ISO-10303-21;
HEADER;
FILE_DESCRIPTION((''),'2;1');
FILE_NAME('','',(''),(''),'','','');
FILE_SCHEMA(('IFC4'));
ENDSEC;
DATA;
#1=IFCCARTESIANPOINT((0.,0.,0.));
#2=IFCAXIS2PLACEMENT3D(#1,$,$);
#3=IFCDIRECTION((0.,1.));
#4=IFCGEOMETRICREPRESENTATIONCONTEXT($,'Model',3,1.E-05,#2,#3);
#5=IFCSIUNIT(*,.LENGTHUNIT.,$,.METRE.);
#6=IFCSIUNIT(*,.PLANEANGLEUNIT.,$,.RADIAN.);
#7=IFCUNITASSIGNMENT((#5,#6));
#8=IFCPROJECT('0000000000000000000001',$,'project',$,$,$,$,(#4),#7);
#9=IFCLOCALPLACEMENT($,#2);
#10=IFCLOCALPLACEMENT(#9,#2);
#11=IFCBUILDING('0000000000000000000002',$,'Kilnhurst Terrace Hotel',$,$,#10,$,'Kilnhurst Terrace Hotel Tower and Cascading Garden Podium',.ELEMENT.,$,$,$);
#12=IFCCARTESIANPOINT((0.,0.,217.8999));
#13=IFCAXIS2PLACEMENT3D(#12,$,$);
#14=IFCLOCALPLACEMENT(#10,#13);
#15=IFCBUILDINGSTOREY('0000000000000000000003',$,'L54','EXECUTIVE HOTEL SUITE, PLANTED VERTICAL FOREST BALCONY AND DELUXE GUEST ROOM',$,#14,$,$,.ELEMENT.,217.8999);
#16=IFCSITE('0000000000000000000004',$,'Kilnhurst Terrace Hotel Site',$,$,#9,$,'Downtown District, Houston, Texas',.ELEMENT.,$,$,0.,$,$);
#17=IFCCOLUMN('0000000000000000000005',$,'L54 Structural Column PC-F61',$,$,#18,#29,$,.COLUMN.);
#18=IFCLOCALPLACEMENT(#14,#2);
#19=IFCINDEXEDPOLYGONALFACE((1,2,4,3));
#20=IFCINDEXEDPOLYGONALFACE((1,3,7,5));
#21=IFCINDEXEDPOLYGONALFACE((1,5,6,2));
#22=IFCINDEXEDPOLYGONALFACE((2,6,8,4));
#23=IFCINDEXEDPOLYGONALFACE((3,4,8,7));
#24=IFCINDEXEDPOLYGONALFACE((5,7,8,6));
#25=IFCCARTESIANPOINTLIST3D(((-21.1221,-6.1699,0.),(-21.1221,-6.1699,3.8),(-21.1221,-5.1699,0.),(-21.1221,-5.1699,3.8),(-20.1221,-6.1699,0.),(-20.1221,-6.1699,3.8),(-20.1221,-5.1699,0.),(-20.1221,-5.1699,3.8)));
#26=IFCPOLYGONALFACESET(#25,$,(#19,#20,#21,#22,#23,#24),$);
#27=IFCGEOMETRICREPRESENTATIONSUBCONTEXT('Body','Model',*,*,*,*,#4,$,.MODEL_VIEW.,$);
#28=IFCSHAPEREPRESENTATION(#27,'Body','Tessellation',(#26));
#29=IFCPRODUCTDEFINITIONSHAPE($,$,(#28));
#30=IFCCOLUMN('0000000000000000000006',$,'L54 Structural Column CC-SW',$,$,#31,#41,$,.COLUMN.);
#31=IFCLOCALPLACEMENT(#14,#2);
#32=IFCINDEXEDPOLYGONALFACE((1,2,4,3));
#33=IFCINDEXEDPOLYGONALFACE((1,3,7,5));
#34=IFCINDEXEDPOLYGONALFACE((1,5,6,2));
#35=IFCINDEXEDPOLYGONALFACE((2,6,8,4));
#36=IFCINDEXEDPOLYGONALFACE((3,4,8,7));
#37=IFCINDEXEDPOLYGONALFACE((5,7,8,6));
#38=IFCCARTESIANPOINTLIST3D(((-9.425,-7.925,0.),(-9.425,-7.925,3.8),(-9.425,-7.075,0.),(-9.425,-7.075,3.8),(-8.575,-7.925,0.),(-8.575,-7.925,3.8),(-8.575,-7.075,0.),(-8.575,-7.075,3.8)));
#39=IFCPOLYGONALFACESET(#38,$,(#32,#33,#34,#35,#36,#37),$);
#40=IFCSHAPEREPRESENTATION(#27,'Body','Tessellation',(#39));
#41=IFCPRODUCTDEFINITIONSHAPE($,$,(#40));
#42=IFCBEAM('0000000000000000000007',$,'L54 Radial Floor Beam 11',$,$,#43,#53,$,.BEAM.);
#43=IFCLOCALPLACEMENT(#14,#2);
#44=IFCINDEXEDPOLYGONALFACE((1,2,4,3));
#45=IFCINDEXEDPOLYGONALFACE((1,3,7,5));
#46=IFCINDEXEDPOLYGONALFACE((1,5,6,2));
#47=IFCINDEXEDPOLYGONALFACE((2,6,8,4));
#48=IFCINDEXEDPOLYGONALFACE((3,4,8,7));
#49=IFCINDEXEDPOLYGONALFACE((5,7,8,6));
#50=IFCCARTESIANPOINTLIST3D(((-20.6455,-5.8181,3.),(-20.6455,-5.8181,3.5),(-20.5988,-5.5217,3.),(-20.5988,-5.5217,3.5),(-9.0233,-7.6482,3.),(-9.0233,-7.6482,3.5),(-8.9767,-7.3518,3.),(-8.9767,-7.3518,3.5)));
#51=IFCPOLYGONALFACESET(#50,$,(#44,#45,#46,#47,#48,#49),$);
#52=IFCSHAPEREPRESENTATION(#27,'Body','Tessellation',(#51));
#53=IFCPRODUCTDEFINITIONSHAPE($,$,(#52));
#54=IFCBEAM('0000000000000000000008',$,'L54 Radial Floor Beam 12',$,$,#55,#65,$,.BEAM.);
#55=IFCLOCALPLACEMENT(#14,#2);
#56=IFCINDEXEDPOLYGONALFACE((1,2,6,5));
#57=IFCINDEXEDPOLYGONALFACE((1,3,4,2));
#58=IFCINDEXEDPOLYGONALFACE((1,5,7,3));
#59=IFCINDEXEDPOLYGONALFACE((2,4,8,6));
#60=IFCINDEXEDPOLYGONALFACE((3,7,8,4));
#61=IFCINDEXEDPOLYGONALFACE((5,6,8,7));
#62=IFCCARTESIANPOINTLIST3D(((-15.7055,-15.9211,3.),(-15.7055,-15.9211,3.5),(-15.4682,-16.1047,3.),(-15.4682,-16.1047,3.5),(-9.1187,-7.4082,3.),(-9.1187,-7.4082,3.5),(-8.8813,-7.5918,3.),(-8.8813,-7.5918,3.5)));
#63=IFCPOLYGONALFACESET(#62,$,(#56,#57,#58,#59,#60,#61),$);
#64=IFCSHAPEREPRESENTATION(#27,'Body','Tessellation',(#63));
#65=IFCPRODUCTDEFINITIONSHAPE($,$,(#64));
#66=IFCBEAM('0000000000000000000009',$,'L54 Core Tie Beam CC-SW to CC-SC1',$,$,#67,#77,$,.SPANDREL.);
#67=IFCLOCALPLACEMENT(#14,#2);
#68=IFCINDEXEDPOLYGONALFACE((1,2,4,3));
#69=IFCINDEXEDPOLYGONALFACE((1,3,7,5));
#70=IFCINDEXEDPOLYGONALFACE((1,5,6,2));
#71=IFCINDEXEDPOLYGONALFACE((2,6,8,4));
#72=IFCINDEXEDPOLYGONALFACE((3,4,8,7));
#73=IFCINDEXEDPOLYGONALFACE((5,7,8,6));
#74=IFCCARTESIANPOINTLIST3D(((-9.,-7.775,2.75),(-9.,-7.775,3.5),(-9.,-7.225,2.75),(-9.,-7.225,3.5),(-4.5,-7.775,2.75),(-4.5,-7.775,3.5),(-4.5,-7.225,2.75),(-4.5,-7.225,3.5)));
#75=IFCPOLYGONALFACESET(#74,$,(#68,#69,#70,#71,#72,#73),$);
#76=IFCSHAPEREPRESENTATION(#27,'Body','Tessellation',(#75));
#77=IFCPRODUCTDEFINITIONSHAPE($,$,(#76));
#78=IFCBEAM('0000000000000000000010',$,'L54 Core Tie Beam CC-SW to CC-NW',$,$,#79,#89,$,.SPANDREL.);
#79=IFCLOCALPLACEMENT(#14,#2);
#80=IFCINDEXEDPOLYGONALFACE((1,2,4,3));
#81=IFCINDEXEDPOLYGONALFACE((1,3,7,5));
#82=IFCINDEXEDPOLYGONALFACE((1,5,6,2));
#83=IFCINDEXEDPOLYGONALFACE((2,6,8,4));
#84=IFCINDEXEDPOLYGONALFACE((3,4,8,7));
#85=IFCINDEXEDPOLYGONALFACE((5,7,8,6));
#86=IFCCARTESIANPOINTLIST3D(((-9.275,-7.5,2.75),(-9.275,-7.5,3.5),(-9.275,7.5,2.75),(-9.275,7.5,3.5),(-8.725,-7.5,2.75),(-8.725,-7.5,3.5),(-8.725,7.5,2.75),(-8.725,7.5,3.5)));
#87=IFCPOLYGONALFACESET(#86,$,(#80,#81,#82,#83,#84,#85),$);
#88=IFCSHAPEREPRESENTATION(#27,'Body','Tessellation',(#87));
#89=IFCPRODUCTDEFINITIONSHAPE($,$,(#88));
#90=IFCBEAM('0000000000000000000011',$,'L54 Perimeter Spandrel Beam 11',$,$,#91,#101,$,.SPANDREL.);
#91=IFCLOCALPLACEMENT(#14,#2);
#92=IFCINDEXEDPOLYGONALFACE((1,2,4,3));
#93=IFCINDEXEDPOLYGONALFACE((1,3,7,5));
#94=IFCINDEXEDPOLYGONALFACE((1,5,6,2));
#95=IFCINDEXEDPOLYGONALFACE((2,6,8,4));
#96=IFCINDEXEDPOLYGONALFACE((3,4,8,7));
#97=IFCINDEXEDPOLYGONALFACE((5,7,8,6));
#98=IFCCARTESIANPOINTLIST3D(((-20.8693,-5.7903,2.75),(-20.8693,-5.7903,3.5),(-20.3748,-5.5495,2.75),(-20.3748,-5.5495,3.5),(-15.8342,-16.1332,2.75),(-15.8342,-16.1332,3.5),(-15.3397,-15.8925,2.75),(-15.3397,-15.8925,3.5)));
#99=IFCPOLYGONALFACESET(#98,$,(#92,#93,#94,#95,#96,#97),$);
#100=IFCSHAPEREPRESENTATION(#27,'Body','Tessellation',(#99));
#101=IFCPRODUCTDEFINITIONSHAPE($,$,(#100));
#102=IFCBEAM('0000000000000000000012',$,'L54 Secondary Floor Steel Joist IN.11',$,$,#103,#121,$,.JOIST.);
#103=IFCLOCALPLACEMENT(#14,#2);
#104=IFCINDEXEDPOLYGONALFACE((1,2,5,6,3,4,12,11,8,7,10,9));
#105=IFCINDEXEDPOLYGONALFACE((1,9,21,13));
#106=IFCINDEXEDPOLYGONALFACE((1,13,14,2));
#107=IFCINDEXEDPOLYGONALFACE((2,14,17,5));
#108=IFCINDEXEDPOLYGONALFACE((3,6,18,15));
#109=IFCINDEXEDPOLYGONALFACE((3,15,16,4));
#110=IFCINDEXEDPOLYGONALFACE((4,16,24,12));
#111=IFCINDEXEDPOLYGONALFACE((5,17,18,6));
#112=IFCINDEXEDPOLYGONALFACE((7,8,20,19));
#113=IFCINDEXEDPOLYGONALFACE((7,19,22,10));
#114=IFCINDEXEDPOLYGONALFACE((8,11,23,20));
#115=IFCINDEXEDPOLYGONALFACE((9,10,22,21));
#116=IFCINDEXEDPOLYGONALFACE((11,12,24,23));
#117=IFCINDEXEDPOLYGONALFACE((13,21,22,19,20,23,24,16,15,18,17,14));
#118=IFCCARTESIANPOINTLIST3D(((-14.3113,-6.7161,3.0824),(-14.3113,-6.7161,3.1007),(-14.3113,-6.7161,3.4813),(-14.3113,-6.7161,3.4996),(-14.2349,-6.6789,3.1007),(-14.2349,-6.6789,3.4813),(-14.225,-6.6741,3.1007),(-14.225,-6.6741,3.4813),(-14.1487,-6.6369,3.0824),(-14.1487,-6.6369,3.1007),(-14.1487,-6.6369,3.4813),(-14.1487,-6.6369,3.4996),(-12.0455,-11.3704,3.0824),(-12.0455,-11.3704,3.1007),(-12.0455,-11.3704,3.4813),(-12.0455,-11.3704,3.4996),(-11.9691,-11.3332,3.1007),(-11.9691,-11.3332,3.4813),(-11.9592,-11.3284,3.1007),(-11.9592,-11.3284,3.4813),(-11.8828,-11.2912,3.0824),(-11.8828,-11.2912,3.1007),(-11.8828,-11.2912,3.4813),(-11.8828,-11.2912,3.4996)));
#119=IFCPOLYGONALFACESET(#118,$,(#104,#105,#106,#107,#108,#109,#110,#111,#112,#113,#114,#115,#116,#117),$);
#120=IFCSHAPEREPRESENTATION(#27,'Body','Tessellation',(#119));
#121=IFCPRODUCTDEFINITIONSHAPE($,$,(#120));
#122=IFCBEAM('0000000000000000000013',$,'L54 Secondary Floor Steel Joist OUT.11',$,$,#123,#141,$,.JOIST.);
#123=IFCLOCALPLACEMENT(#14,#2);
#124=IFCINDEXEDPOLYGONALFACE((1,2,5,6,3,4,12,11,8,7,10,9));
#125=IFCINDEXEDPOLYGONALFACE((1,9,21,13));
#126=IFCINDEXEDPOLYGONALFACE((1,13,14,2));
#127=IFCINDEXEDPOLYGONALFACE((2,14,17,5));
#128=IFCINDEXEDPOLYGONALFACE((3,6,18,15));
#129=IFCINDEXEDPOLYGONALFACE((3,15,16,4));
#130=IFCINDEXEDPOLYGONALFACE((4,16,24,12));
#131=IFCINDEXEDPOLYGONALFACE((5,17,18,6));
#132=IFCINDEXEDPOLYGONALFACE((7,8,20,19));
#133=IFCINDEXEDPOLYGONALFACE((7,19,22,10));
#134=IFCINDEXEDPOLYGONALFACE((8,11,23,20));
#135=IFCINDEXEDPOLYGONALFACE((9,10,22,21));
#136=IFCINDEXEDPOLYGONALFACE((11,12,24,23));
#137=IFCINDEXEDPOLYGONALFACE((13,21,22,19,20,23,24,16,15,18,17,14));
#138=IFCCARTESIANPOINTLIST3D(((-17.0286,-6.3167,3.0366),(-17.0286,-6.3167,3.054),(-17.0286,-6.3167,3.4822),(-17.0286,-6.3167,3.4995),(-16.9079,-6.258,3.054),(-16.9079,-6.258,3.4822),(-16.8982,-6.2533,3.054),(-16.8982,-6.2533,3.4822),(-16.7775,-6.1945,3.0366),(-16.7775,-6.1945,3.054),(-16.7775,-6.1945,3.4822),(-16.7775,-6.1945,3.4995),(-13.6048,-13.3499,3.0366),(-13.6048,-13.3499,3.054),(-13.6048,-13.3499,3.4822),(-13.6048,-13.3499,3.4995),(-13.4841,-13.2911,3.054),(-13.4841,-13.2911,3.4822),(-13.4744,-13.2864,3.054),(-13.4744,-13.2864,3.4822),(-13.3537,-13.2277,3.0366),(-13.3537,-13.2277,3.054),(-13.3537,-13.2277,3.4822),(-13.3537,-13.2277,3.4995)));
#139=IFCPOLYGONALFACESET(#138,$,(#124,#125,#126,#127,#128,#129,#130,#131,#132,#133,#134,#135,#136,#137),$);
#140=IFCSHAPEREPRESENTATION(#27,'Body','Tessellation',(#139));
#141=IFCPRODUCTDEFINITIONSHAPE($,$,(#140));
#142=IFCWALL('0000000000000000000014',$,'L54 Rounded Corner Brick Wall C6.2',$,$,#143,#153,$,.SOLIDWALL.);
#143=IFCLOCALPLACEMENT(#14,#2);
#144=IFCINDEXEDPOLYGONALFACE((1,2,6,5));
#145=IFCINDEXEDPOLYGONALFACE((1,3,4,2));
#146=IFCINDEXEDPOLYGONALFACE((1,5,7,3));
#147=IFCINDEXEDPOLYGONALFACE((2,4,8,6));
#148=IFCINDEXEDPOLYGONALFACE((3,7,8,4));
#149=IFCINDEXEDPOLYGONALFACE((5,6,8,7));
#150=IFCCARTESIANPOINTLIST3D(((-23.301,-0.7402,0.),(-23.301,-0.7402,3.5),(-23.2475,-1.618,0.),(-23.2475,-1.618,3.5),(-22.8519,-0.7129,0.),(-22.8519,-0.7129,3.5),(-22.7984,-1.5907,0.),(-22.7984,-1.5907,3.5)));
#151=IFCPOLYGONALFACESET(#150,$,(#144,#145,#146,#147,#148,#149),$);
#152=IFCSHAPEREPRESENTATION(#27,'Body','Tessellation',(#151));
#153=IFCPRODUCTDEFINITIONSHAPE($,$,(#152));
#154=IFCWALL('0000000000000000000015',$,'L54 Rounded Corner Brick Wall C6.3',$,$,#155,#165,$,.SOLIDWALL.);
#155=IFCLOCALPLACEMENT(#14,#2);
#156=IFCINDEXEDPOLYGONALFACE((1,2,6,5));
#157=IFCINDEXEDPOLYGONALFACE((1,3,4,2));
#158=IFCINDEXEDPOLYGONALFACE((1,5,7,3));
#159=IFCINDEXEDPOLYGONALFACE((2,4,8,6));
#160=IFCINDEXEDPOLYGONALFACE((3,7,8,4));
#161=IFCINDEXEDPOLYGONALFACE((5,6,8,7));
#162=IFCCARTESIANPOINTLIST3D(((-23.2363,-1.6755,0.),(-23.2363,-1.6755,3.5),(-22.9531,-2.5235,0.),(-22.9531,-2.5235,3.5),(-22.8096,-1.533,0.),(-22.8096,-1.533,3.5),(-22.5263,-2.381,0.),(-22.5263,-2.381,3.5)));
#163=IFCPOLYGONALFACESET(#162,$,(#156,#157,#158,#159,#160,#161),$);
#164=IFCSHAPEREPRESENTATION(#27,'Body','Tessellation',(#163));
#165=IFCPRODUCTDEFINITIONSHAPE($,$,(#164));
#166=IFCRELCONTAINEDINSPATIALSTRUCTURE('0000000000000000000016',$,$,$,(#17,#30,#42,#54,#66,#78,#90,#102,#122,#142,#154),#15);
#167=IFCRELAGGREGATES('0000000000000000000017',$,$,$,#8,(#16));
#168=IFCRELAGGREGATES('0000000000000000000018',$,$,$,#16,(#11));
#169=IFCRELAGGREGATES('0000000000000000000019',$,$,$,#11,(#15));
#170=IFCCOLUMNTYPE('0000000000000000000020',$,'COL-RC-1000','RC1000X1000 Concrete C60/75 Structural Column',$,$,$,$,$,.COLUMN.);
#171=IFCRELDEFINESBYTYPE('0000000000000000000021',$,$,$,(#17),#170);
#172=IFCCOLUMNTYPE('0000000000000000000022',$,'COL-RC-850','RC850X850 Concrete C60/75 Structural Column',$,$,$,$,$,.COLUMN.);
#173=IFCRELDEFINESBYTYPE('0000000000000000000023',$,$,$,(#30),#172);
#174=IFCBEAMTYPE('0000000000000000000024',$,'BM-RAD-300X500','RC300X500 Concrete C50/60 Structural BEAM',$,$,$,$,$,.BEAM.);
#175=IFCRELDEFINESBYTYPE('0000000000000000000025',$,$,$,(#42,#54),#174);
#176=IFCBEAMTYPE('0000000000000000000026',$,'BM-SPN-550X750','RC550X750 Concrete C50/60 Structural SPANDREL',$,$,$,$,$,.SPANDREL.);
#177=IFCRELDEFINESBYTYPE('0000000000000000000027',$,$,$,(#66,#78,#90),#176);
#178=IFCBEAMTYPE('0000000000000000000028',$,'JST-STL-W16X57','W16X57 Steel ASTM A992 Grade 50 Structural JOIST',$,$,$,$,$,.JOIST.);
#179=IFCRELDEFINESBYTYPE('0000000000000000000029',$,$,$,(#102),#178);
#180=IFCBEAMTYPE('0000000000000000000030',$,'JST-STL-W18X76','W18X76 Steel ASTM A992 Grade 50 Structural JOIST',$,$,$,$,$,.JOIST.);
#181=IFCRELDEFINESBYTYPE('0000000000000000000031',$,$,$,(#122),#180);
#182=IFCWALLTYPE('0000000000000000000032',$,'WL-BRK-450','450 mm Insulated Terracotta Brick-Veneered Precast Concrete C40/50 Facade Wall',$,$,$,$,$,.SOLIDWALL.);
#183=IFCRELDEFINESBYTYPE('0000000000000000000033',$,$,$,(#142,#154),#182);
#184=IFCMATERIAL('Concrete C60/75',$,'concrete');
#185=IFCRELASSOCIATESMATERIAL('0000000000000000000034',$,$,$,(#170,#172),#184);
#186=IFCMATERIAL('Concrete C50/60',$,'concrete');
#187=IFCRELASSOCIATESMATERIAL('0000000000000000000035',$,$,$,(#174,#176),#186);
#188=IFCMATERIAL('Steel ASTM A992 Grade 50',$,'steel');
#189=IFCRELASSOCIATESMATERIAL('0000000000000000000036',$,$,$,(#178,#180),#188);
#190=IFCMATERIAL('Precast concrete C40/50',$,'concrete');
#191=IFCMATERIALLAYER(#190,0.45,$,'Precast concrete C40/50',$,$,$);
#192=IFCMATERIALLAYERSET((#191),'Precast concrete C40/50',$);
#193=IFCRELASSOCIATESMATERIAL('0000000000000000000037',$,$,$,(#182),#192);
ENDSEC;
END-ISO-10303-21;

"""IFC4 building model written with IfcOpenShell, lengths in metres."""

from ifc_helpers import new_model, si_unit, direction, frame, frame_2d, origin, origin_2d, place, context, subcontext, project, spatial, rectangle, i_section, extrude, material, layer, layer_set, material_profile, profile_set, type_object, element, save


model = new_model("IFC4")

# Units and contexts
model_context = context("Model", 3, precision=1e-05, world=origin(), true_north=direction((0.0, 1.0)))
body_context = subcontext(model_context, "Body", "Model", "MODEL_VIEW")
ifc_project = project(units=[si_unit("LENGTHUNIT", "METRE"), si_unit("PLANEANGLEUNIT", "RADIAN")], contexts=[model_context])

# Site, building, storey
site_placement = place(None, origin())
site = spatial("IfcSite", under=ifc_project, at=site_placement, Name="Kilnhurst Terrace Hotel Site", LongName="Downtown District, Houston, Texas", CompositionType="ELEMENT", RefElevation=0.0)
building_placement = place(site_placement, origin())
building = spatial("IfcBuilding", under=site, at=building_placement, Name="Kilnhurst Terrace Hotel", LongName="Kilnhurst Terrace Hotel Tower and Cascading Garden Podium", CompositionType="ELEMENT")
storey_placement = place(building_placement, frame((0.0, 0.0, 217.8999)))
storey = spatial("IfcBuildingStorey", under=building, at=storey_placement, Name="L54", Description="EXECUTIVE HOTEL SUITE, PLANTED VERTICAL FOREST BALCONY AND DELUXE GUEST ROOM", CompositionType="ELEMENT", Elevation=217.8999)

# Columns
ifc_material_1 = material(Name="Concrete C60/75", Category="concrete")
ifc_material_profile_1 = material_profile(ifc_material_1, rectangle(XDim=1.0, YDim=1.0, at=origin_2d()), Name="RC1000X1000")
ifc_profile_set_1 = profile_set([ifc_material_profile_1], Name="Concrete C60/75")
column_type_1 = type_object("IfcColumnType", Name="COL-RC-1000", Description="RC1000X1000 Concrete C60/75 Structural Column", PredefinedType="COLUMN", material=ifc_profile_set_1)
column_1_placement = place(storey_placement, frame((-20.6221, -5.6699, 0.0), z_axis=(0.0, 0.0, 1.0), x_axis=(1.0, 0.0, 0.0)))
element("IfcColumn", 1, at=column_1_placement, inside=storey, type_object=column_type_1, Name="L54 Structural Column PC-F61", PredefinedType="COLUMN", context=body_context, shape_type="SweptSolid", body=[
    extrude(rectangle(XDim=1.0, YDim=1.0, at=origin_2d()), origin(), (0.0, 0.0, 1.0), 3.8),
])
ifc_material_profile_2 = material_profile(ifc_material_1, rectangle(XDim=0.8501, YDim=0.8501, at=origin_2d()), Name="RC850X850")
ifc_profile_set_2 = profile_set([ifc_material_profile_2], Name="Concrete C60/75")
column_type_2 = type_object("IfcColumnType", Name="COL-RC-850", Description="RC850X850 Concrete C60/75 Structural Column", PredefinedType="COLUMN", material=ifc_profile_set_2)
column_2_placement = place(storey_placement, frame((-9.0, -7.5, 0.0), z_axis=(0.0, 0.0, 1.0), x_axis=(1.0, 0.0, 0.0)))
element("IfcColumn", 2, at=column_2_placement, inside=storey, type_object=column_type_2, Name="L54 Structural Column CC-SW", PredefinedType="COLUMN", context=body_context, shape_type="SweptSolid", body=[
    extrude(rectangle(XDim=0.8501, YDim=0.8501, at=origin_2d()), origin(), (0.0, 0.0, 1.0), 3.8),
])

# Beams
ifc_material_2 = material(Name="Concrete C50/60", Category="concrete")
ifc_material_profile_3 = material_profile(ifc_material_2, rectangle(XDim=0.3, YDim=0.5, at=origin_2d()), Name="RC300X500")
ifc_profile_set_3 = profile_set([ifc_material_profile_3], Name="Concrete C50/60")
beam_type_1 = type_object("IfcBeamType", Name="BM-RAD-300X500", Description="RC300X500 Concrete C50/60 Structural BEAM", PredefinedType="BEAM", material=ifc_profile_set_3)
beam_1_placement = place(storey_placement, frame((-9.0, -7.5, 3.25), z_axis=(-0.987828, 0.155549, 0.0), x_axis=(-0.155549, -0.987828, 0.0)))
element("IfcBeam", 3, at=beam_1_placement, inside=storey, type_object=beam_type_1, Name="L54 Radial Floor Beam 11", PredefinedType="BEAM", context=body_context, shape_type="SweptSolid", body=[
    extrude(rectangle(XDim=0.3, YDim=0.5, at=origin_2d()), origin(), (0.0, 0.0, 1.0), 11.7654),
])
beam_2_placement = place(storey_placement, frame((-9.0, -7.5, 3.25), z_axis=(-0.611955, -0.790892, 0.0), x_axis=(0.790892, -0.611955, 0.0)))
element("IfcBeam", 4, at=beam_2_placement, inside=storey, type_object=beam_type_1, Name="L54 Radial Floor Beam 12", PredefinedType="BEAM", context=body_context, shape_type="SweptSolid", body=[
    extrude(rectangle(XDim=0.3, YDim=0.5, at=origin_2d()), origin(), (0.0, 0.0, 1.0), 10.7637),
])
ifc_material_profile_4 = material_profile(ifc_material_2, rectangle(XDim=0.55, YDim=0.75, at=origin_2d()), Name="RC550X750")
ifc_profile_set_4 = profile_set([ifc_material_profile_4], Name="Concrete C50/60")
beam_type_2 = type_object("IfcBeamType", Name="BM-SPN-550X750", Description="RC550X750 Concrete C50/60 Structural SPANDREL", PredefinedType="SPANDREL", material=ifc_profile_set_4)
beam_3_placement = place(storey_placement, frame((-9.0, -7.5, 3.125), z_axis=(1.0, 0.0, 0.0), x_axis=(0.0, 1.0, 0.0)))
element("IfcBeam", 5, at=beam_3_placement, inside=storey, type_object=beam_type_2, Name="L54 Core Tie Beam CC-SW to CC-SC1", PredefinedType="SPANDREL", context=body_context, shape_type="SweptSolid", body=[
    extrude(rectangle(XDim=0.55, YDim=0.75, at=origin_2d()), origin(), (0.0, 0.0, 1.0), 4.5),
])
beam_4_placement = place(storey_placement, frame((-9.0, -7.5, 3.125), z_axis=(0.0, 1.0, 0.0), x_axis=(-1.0, 0.0, 0.0)))
element("IfcBeam", 6, at=beam_4_placement, inside=storey, type_object=beam_type_2, Name="L54 Core Tie Beam CC-SW to CC-NW", PredefinedType="SPANDREL", context=body_context, shape_type="SweptSolid", body=[
    extrude(rectangle(XDim=0.55, YDim=0.75, at=origin_2d()), origin(), (0.0, 0.0, 1.0), 15.0),
])
beam_5_placement = place(storey_placement, frame((-20.6221, -5.6699, 3.125), z_axis=(0.437706, -0.899118, 0.0), x_axis=(0.899118, 0.437706, 0.0)))
element("IfcBeam", 7, at=beam_5_placement, inside=storey, type_object=beam_type_2, Name="L54 Perimeter Spandrel Beam 11", PredefinedType="SPANDREL", context=body_context, shape_type="SweptSolid", body=[
    extrude(rectangle(XDim=0.55, YDim=0.75, at=origin_2d()), origin(), (0.0, 0.0, 1.0), 11.5034),
])
ifc_material_3 = material(Name="Steel ASTM A992 Grade 50", Category="steel")
ifc_material_profile_5 = material_profile(ifc_material_3, i_section(OverallWidth=0.1809, OverallDepth=0.4172, WebThickness=0.011, FlangeThickness=0.0183, at=origin_2d()), Name="W16X57")
ifc_profile_set_5 = profile_set([ifc_material_profile_5], Name="Steel ASTM A992 Grade 50")
beam_type_3 = type_object("IfcBeamType", Name="JST-STL-W16X57", Description="W16X57 Steel ASTM A992 Grade 50 Structural JOIST", PredefinedType="JOIST", material=ifc_profile_set_5)
beam_6_placement = place(storey_placement, frame((-14.23, -6.6765, 3.291), z_axis=(0.437718, -0.899112, 0.0), x_axis=(0.899112, 0.437718, 0.0)))
element("IfcBeam", 8, at=beam_6_placement, inside=storey, type_object=beam_type_3, Name="L54 Secondary Floor Steel Joist IN.11", PredefinedType="JOIST", context=body_context, shape_type="SweptSolid", body=[
    extrude(i_section(OverallWidth=0.1809, OverallDepth=0.4172, WebThickness=0.011, FlangeThickness=0.0183, at=origin_2d()), origin(), (0.0, 0.0, 1.0), 5.1765),
])
ifc_material_profile_6 = material_profile(ifc_material_3, i_section(OverallWidth=0.2793, OverallDepth=0.4629, WebThickness=0.0107, FlangeThickness=0.0173, at=origin_2d()), Name="W18X76")
ifc_profile_set_6 = profile_set([ifc_material_profile_6], Name="Steel ASTM A992 Grade 50")
beam_type_4 = type_object("IfcBeamType", Name="JST-STL-W18X76", Description="W18X76 Steel ASTM A992 Grade 50 Structural JOIST", PredefinedType="JOIST", material=ifc_profile_set_6)
beam_7_placement = place(storey_placement, frame((-16.9031, -6.2556, 3.2681), z_axis=(0.4377, -0.899121, 0.0), x_axis=(0.899121, 0.4377, 0.0)))
element("IfcBeam", 9, at=beam_7_placement, inside=storey, type_object=beam_type_4, Name="L54 Secondary Floor Steel Joist OUT.11", PredefinedType="JOIST", context=body_context, shape_type="SweptSolid", body=[
    extrude(i_section(OverallWidth=0.2793, OverallDepth=0.4629, WebThickness=0.0107, FlangeThickness=0.0173, at=origin_2d()), origin(), (0.0, 0.0, 1.0), 7.8223),
])

# Walls
ifc_material_4 = material(Name="Precast concrete C40/50", Category="concrete")
ifc_layer_1 = layer(ifc_material_4, 0.45, Name="Precast concrete C40/50")
ifc_layer_set_1 = layer_set([ifc_layer_1], Name="Precast concrete C40/50")
wall_type_1 = type_object("IfcWallType", Name="WL-BRK-450", Description="450 mm Insulated Terracotta Brick-Veneered Precast Concrete C40/50 Facade Wall", PredefinedType="SOLIDWALL", material=ifc_layer_set_1)
wall_1_placement = place(storey_placement, frame((-23.0764, -0.7266, 0.0), z_axis=(0.0, 0.0, 1.0), x_axis=(0.060805, -0.99815, 0.0)))
element("IfcWall", 10, at=wall_1_placement, inside=storey, type_object=wall_type_1, Name="L54 Rounded Corner Brick Wall C6.2", PredefinedType="SOLIDWALL", context=body_context, shape_type="SweptSolid", body=[
    extrude(rectangle(XDim=0.8794, YDim=0.45, at=frame_2d((0.4397, 0.0))), origin(), (0.0, 0.0, 1.0), 3.5),
])
wall_2_placement = place(storey_placement, frame((-23.0229, -1.6042, 0.0), z_axis=(0.0, 0.0, 1.0), x_axis=(0.316801, -0.948492, 0.0)))
element("IfcWall", 11, at=wall_2_placement, inside=storey, type_object=wall_type_1, Name="L54 Rounded Corner Brick Wall C6.3", PredefinedType="SOLIDWALL", context=body_context, shape_type="SweptSolid", body=[
    extrude(rectangle(XDim=0.894, YDim=0.45, at=frame_2d((0.447, 0.0))), origin(), (0.0, 0.0, 1.0), 3.5),
])

save(model, "model.ifc")
